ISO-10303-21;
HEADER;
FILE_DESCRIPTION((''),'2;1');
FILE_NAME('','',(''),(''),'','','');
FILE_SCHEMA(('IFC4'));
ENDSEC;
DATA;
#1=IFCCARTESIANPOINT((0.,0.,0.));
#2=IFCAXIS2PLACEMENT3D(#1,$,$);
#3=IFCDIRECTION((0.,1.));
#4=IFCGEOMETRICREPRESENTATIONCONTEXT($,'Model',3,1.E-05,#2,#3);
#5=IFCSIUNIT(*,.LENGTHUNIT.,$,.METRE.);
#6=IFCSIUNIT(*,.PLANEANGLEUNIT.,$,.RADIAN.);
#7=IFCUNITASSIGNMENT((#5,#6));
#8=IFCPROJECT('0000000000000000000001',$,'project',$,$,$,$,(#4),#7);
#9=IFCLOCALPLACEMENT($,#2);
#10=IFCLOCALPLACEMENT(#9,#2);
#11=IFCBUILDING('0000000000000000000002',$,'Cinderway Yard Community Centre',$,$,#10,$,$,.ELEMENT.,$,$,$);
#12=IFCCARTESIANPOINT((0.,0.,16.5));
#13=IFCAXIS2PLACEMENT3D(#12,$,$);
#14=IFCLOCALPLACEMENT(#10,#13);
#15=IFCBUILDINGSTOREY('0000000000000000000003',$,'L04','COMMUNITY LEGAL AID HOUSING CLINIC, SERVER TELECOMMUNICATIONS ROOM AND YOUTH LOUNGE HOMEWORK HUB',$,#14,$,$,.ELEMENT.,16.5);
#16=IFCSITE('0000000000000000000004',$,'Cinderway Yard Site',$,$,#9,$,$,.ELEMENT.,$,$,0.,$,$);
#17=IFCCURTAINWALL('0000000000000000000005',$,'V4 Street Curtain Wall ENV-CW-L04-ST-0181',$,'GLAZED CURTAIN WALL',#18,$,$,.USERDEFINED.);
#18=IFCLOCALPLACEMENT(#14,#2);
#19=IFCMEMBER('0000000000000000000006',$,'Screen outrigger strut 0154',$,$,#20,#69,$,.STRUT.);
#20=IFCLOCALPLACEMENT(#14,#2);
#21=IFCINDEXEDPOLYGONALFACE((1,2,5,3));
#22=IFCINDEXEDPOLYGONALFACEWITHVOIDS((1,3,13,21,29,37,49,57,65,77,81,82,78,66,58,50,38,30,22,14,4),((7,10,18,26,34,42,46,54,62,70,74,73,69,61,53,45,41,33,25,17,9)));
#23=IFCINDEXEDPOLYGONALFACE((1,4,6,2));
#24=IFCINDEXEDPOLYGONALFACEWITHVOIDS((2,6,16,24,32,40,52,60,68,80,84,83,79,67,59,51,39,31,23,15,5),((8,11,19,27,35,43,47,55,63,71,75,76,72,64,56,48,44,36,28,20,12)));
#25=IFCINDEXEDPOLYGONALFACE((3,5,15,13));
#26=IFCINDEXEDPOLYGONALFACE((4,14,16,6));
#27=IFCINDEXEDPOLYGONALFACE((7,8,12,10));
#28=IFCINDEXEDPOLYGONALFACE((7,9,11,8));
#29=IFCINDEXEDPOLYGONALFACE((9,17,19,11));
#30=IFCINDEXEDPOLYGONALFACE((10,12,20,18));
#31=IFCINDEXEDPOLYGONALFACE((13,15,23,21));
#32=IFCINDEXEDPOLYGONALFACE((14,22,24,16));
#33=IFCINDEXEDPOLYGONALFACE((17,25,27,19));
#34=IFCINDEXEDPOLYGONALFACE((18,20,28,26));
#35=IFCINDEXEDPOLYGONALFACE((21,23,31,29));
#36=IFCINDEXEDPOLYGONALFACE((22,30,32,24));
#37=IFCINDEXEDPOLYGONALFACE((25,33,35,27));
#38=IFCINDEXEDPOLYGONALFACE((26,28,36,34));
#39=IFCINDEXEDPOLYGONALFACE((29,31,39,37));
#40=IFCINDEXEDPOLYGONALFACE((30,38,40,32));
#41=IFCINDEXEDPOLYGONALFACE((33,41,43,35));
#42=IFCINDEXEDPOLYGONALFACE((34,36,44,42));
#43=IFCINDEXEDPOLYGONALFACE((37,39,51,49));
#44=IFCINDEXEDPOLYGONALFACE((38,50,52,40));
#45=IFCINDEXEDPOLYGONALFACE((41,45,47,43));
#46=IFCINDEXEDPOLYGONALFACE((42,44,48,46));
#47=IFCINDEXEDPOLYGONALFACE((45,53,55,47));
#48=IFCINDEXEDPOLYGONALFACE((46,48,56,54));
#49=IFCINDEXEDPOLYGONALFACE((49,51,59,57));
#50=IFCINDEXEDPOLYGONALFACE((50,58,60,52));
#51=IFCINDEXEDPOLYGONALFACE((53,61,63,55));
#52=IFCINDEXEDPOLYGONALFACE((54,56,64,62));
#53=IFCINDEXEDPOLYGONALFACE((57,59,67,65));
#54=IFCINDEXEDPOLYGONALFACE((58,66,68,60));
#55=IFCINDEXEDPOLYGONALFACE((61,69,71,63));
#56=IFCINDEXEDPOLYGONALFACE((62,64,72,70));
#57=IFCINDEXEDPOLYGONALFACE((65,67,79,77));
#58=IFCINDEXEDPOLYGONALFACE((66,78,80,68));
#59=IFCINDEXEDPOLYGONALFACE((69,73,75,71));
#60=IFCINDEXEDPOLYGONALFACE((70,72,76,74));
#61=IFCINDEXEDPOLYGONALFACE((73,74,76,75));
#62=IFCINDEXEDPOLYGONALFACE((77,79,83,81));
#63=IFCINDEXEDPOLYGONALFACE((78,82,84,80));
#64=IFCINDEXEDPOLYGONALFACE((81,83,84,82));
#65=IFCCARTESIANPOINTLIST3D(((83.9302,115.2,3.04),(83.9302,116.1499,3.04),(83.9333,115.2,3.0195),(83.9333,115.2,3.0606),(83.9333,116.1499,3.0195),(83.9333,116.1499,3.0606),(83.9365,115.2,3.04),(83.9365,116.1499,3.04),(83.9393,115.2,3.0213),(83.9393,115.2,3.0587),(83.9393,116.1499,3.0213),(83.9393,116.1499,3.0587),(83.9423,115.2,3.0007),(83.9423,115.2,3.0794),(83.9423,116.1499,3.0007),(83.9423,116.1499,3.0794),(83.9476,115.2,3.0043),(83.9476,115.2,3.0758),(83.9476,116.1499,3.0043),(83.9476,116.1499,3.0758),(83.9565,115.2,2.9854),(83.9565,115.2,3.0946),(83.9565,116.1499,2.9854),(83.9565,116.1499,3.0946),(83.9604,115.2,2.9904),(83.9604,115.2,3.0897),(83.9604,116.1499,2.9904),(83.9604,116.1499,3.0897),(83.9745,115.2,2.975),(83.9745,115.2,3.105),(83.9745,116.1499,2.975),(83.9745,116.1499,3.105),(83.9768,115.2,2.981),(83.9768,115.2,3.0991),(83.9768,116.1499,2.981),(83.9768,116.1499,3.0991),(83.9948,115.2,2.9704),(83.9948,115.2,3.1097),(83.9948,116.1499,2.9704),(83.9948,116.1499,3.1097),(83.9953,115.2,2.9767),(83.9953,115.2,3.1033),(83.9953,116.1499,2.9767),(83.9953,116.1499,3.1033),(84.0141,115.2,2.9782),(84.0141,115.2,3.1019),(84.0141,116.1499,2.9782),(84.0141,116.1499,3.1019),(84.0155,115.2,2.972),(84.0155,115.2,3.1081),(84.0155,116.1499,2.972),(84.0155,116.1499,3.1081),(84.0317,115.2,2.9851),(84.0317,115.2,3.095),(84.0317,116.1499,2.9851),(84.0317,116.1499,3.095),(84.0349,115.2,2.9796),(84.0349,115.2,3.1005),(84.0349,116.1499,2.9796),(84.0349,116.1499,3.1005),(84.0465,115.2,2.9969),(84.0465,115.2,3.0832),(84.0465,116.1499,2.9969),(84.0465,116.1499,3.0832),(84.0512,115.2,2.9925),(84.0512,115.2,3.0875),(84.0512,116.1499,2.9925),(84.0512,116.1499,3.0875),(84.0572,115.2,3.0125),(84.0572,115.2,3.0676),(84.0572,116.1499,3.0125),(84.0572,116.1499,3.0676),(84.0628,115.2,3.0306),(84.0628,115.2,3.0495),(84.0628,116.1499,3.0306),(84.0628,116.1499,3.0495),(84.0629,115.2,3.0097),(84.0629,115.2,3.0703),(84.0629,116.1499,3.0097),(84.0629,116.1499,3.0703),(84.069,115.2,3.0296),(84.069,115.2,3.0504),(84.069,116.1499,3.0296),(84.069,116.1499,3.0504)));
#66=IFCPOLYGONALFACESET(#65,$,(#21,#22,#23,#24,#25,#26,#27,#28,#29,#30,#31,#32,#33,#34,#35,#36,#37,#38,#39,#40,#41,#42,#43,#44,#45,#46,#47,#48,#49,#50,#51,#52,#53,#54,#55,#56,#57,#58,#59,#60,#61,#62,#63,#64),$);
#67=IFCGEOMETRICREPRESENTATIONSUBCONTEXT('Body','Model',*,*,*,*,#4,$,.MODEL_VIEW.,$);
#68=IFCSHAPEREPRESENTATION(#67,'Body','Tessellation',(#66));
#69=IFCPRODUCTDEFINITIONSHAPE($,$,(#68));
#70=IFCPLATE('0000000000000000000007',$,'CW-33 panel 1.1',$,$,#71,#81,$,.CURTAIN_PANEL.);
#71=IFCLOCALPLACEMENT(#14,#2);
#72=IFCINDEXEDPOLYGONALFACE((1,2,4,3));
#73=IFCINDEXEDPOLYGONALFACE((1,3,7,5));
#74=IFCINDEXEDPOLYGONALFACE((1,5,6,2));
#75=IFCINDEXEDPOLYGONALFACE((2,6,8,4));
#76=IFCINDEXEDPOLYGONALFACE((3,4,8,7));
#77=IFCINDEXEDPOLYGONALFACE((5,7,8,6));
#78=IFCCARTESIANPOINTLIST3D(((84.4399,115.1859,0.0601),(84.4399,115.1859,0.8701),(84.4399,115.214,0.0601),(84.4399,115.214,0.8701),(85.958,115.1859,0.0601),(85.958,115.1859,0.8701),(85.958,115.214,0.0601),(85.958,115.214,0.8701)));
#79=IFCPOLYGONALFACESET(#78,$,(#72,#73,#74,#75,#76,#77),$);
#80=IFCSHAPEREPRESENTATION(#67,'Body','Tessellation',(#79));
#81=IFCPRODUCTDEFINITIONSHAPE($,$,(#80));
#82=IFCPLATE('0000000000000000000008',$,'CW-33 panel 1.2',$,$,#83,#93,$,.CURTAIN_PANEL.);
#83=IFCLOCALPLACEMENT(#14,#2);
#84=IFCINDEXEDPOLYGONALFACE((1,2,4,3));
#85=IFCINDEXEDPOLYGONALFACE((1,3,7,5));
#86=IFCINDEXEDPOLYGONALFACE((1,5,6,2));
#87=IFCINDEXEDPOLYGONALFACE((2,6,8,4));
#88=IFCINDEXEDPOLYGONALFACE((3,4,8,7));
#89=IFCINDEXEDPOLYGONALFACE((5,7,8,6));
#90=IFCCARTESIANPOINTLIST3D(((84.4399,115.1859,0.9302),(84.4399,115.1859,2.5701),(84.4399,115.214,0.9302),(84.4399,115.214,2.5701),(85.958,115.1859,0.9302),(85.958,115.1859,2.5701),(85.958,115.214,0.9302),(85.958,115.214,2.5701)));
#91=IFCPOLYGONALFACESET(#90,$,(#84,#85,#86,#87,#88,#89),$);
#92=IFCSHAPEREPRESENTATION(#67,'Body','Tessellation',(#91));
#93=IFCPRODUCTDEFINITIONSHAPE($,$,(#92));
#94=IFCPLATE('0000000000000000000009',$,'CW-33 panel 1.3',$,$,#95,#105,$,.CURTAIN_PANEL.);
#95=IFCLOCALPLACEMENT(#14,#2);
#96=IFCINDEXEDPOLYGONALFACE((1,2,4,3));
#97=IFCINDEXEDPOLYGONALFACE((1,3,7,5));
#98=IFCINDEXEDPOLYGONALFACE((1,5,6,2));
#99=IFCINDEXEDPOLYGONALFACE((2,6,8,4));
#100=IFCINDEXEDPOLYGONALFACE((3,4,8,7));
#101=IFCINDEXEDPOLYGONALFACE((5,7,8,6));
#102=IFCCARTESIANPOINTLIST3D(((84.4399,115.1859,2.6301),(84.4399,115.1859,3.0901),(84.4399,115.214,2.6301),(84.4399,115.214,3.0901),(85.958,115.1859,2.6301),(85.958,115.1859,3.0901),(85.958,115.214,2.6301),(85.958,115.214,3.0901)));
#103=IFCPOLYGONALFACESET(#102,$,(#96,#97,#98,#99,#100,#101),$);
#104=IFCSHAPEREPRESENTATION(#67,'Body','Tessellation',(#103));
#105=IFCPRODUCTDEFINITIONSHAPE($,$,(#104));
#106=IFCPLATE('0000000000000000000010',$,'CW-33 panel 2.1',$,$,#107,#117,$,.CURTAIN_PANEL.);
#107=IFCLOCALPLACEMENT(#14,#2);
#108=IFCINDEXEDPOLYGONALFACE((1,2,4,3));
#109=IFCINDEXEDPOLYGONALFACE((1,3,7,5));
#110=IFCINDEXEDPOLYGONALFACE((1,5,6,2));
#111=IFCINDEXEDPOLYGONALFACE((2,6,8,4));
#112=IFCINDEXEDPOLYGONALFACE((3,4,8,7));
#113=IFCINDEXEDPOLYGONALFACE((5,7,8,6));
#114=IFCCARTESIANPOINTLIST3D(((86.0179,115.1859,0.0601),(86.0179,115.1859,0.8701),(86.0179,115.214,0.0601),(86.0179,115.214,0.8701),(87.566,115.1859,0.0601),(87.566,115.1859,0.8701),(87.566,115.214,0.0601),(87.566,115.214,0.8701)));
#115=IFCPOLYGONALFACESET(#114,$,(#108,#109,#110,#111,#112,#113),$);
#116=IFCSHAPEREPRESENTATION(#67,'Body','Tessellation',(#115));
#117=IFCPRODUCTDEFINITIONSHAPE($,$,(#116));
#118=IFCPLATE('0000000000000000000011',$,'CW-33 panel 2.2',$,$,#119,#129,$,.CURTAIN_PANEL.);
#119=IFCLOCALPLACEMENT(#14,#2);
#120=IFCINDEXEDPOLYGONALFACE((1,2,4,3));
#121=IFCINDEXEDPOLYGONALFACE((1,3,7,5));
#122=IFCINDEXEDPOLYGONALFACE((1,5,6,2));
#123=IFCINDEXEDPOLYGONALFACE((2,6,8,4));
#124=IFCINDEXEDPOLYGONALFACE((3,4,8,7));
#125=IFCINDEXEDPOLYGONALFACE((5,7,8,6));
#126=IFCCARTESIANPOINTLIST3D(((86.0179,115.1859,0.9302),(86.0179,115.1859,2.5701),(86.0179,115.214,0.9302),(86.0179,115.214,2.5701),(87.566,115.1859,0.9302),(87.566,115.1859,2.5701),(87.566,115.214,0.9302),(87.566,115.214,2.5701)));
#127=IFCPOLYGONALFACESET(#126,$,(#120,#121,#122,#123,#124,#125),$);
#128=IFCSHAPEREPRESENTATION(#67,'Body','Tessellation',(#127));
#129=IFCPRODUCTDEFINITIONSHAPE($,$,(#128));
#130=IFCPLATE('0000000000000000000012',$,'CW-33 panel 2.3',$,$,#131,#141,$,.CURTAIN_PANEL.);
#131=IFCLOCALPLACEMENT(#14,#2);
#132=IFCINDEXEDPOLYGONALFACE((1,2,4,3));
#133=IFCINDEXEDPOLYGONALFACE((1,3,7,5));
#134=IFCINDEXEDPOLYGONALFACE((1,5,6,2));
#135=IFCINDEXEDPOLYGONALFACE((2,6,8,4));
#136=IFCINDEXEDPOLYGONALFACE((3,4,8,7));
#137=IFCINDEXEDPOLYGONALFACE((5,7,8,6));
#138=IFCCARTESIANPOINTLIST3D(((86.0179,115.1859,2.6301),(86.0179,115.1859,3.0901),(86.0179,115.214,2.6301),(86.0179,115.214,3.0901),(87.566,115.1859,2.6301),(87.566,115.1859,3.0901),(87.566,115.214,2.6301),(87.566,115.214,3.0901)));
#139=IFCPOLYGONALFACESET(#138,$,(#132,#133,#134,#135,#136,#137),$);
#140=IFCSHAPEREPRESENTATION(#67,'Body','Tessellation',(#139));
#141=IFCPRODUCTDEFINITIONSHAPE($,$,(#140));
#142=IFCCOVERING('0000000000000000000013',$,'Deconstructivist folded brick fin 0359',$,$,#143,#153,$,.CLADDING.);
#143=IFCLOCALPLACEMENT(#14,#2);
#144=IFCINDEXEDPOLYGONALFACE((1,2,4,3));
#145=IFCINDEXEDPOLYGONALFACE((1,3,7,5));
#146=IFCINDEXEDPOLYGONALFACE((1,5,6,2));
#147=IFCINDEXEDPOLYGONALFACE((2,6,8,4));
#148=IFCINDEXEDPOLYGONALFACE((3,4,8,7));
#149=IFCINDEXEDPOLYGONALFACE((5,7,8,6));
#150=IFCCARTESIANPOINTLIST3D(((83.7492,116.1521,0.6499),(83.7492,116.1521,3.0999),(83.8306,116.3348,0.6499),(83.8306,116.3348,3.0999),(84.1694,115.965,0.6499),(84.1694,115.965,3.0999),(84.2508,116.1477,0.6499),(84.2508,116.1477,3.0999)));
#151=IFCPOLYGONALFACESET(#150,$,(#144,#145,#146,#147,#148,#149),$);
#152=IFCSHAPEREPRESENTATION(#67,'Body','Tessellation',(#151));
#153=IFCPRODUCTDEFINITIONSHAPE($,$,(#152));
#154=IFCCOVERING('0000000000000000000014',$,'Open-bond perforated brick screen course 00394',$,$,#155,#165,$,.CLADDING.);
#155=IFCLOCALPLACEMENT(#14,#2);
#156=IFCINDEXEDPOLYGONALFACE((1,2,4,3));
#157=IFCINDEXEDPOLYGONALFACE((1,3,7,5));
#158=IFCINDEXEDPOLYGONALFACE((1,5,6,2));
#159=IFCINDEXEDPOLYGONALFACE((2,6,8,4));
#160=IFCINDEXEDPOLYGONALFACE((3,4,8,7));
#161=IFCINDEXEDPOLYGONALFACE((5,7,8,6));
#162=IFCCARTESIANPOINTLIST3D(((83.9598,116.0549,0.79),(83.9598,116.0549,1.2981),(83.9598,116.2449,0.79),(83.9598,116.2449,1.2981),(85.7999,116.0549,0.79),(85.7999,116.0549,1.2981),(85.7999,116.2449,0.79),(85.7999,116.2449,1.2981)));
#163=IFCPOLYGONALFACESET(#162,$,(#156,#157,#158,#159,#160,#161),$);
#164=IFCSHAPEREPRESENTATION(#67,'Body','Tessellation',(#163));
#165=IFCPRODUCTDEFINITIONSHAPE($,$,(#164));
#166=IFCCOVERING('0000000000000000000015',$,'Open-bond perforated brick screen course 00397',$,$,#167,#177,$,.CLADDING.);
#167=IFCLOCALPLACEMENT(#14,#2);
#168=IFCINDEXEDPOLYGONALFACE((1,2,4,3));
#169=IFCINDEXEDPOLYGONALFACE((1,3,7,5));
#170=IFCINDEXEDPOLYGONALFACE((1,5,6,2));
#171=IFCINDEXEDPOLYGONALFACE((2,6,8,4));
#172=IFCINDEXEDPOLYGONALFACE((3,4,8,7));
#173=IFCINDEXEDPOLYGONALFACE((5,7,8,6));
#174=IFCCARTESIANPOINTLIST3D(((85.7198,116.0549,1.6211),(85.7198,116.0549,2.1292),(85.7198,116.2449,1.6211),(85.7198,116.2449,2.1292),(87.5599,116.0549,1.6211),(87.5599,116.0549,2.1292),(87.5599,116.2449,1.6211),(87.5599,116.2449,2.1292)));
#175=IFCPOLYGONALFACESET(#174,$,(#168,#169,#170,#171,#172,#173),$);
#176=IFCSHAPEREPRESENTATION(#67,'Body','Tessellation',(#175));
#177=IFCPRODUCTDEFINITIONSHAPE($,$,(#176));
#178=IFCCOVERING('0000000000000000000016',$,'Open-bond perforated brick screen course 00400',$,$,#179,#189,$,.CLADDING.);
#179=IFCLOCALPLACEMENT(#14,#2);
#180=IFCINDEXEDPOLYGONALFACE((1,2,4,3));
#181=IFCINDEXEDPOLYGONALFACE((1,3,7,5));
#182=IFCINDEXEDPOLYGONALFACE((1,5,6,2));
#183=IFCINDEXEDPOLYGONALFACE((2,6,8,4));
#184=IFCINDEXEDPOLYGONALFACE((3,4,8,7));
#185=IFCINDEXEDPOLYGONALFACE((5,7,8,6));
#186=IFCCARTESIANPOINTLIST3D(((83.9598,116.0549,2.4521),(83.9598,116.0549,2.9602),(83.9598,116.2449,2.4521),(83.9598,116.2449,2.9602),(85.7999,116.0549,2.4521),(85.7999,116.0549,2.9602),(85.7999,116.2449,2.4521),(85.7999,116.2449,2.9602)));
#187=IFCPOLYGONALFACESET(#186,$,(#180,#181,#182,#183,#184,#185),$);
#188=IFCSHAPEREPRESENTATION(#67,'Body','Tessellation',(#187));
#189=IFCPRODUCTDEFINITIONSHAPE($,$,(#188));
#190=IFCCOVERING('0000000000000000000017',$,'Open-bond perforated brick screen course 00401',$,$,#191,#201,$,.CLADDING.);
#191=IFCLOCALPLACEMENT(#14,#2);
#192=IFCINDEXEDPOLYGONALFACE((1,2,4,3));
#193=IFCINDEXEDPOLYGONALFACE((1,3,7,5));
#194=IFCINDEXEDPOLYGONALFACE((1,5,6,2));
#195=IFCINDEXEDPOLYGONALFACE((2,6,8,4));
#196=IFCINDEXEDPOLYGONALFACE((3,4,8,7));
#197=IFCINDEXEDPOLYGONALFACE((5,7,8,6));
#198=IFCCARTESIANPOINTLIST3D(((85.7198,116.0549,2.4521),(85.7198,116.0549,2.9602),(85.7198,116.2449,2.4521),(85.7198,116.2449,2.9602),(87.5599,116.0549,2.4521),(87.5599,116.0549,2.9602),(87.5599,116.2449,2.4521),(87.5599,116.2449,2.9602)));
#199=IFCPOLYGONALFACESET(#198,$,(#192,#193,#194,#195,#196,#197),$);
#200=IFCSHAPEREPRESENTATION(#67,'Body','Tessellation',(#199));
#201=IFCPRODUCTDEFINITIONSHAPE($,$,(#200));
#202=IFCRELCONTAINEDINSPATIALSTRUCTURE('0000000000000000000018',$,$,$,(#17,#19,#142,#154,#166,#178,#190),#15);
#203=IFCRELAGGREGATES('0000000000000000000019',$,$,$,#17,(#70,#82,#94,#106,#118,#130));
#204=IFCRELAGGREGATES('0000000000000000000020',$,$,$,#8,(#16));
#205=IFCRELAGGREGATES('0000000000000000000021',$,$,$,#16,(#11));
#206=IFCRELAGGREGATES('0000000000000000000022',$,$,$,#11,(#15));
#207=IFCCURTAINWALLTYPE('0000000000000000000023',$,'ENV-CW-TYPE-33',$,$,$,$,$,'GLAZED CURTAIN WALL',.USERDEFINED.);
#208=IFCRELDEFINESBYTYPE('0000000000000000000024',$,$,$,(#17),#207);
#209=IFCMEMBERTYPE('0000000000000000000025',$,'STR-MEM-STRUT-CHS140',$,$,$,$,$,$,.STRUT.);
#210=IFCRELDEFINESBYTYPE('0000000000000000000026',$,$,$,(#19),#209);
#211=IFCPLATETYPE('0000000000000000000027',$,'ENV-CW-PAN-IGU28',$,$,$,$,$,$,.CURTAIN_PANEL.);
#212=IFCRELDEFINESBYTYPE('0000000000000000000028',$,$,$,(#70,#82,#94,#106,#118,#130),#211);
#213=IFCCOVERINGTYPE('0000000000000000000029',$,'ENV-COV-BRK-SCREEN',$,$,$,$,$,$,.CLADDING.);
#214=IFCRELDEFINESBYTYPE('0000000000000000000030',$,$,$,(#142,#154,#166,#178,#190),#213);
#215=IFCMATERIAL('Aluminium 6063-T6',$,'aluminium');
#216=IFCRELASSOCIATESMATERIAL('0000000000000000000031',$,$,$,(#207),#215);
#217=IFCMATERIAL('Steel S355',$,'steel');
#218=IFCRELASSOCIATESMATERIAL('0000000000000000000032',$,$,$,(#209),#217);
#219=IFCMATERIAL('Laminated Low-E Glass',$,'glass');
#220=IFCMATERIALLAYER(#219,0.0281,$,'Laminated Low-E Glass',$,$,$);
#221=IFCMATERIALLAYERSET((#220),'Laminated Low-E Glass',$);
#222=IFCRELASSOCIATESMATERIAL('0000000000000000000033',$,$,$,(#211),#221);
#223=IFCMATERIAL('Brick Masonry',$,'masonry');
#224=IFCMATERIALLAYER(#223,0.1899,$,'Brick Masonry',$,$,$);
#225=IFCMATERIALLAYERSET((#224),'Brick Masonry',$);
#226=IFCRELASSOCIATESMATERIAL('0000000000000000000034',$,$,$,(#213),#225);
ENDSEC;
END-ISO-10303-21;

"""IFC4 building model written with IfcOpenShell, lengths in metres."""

from ifc_helpers import new_model, si_unit, direction, frame, origin, origin_2d, place, context, subcontext, project, spatial, rectangle, hollow_circle, extrude, material, layer, layer_set, material_profile, profile_set, type_object, element, aggregate, save


model = new_model("IFC4")

# Units and contexts
model_context = context("Model", 3, precision=1e-05, world=origin(), true_north=direction((0.0, 1.0)))
body_context = subcontext(model_context, "Body", "Model", "MODEL_VIEW")
ifc_project = project(units=[si_unit("LENGTHUNIT", "METRE"), si_unit("PLANEANGLEUNIT", "RADIAN")], contexts=[model_context])

# Site, building, storey
site_placement = place(None, origin())
site = spatial("IfcSite", under=ifc_project, at=site_placement, Name="Cinderway Yard Site", CompositionType="ELEMENT", RefElevation=0.0)
building_placement = place(site_placement, origin())
building = spatial("IfcBuilding", under=site, at=building_placement, Name="Cinderway Yard Community Centre", CompositionType="ELEMENT")
storey_placement = place(building_placement, frame((0.0, 0.0, 16.5)))
storey = spatial("IfcBuildingStorey", under=building, at=storey_placement, Name="L04", Description="COMMUNITY LEGAL AID HOUSING CLINIC, SERVER TELECOMMUNICATIONS ROOM AND YOUTH LOUNGE HOMEWORK HUB", CompositionType="ELEMENT", Elevation=16.5)

# Curtain wall
ifc_material_1 = material(Name="Aluminium 6063-T6", Category="aluminium")
curtain_wall_type = type_object("IfcCurtainWallType", Name="ENV-CW-TYPE-33", ElementType="GLAZED CURTAIN WALL", PredefinedType="USERDEFINED", material=ifc_material_1)
curtain_wall_placement = place(storey_placement, origin())
curtain_wall = element("IfcCurtainWall", 1, at=curtain_wall_placement, inside=storey, type_object=curtain_wall_type, Name="V4 Street Curtain Wall ENV-CW-L04-ST-0181", ObjectType="GLAZED CURTAIN WALL", PredefinedType="USERDEFINED")

# Member
ifc_material_2 = material(Name="Steel S355", Category="steel")
ifc_material_profile_1 = material_profile(ifc_material_2, hollow_circle(Radius=0.0698, WallThickness=0.0063, at=origin_2d()), Name="Steel S355")
ifc_profile_set_1 = profile_set([ifc_material_profile_1], Name="Steel S355")
member_type_1 = type_object("IfcMemberType", Name="STR-MEM-STRUT-CHS140", PredefinedType="STRUT", material=ifc_profile_set_1)
for number, where, z_axis, x_axis, name in (
    (2, (84.0, 115.2, 3.04), (0.0, 1.0, 0.0), (-1.0, 0.0, 0.0), "Screen outrigger strut 0154"),
):
    element("IfcMember", number, at=place(storey_placement, frame(where, z_axis=z_axis, x_axis=x_axis)), inside=storey, type_object=member_type_1, Name=name, PredefinedType="STRUT", context=body_context, shape_type="SweptSolid", body=[
        extrude(hollow_circle(Radius=0.0698, WallThickness=0.0063, at=origin_2d()), origin(), (0.0, 0.0, 1.0), 0.95),
    ])

# Plates
ifc_material_3 = material(Name="Laminated Low-E Glass", Category="glass")
ifc_layer_1 = layer(ifc_material_3, 0.0281, Name="Laminated Low-E Glass")
ifc_layer_set_1 = layer_set([ifc_layer_1], Name="Laminated Low-E Glass")
plate_type = type_object("IfcPlateType", Name="ENV-CW-PAN-IGU28", PredefinedType="CURTAIN_PANEL", material=ifc_layer_set_1)
plate_1_placement = place(storey_placement, frame((85.199, 115.2, 0.0601), z_axis=(0.0, 0.0, 1.0), x_axis=(1.0, 0.0, 0.0)))
plate_1 = element("IfcPlate", 3, at=plate_1_placement, type_object=plate_type, Name="CW-33 panel 1.1", PredefinedType="CURTAIN_PANEL", context=body_context, shape_type="SweptSolid", body=[
    extrude(rectangle(XDim=1.5181, YDim=0.0281, at=origin_2d()), origin(), (0.0, 0.0, 1.0), 0.8101),
])
plate_2_placement = place(storey_placement, frame((85.199, 115.2, 0.9302), z_axis=(0.0, 0.0, 1.0), x_axis=(1.0, 0.0, 0.0)))
plate_2 = element("IfcPlate", 4, at=plate_2_placement, type_object=plate_type, Name="CW-33 panel 1.2", PredefinedType="CURTAIN_PANEL", context=body_context, shape_type="SweptSolid", body=[
    extrude(rectangle(XDim=1.5181, YDim=0.0281, at=origin_2d()), origin(), (0.0, 0.0, 1.0), 1.6399),
])
plate_3_placement = place(storey_placement, frame((85.199, 115.2, 2.6301), z_axis=(0.0, 0.0, 1.0), x_axis=(1.0, 0.0, 0.0)))
plate_3 = element("IfcPlate", 5, at=plate_3_placement, type_object=plate_type, Name="CW-33 panel 1.3", PredefinedType="CURTAIN_PANEL", context=body_context, shape_type="SweptSolid", body=[
    extrude(rectangle(XDim=1.5181, YDim=0.0281, at=origin_2d()), origin(), (0.0, 0.0, 1.0), 0.46),
])
plate_4_placement = place(storey_placement, frame((86.792, 115.2, 0.0601), z_axis=(0.0, 0.0, 1.0), x_axis=(1.0, 0.0, 0.0)))
plate_4 = element("IfcPlate", 6, at=plate_4_placement, type_object=plate_type, Name="CW-33 panel 2.1", PredefinedType="CURTAIN_PANEL", context=body_context, shape_type="SweptSolid", body=[
    extrude(rectangle(XDim=1.5481, YDim=0.0281, at=origin_2d()), origin(), (0.0, 0.0, 1.0), 0.8101),
])
plate_5_placement = place(storey_placement, frame((86.792, 115.2, 0.9302), z_axis=(0.0, 0.0, 1.0), x_axis=(1.0, 0.0, 0.0)))
plate_5 = element("IfcPlate", 7, at=plate_5_placement, type_object=plate_type, Name="CW-33 panel 2.2", PredefinedType="CURTAIN_PANEL", context=body_context, shape_type="SweptSolid", body=[
    extrude(rectangle(XDim=1.5481, YDim=0.0281, at=origin_2d()), origin(), (0.0, 0.0, 1.0), 1.6399),
])
plate_6_placement = place(storey_placement, frame((86.792, 115.2, 2.6301), z_axis=(0.0, 0.0, 1.0), x_axis=(1.0, 0.0, 0.0)))
plate_6 = element("IfcPlate", 8, at=plate_6_placement, type_object=plate_type, Name="CW-33 panel 2.3", PredefinedType="CURTAIN_PANEL", context=body_context, shape_type="SweptSolid", body=[
    extrude(rectangle(XDim=1.5481, YDim=0.0281, at=origin_2d()), origin(), (0.0, 0.0, 1.0), 0.46),
])
aggregate(curtain_wall, [plate_1, plate_2, plate_3, plate_4, plate_5, plate_6])

# Coverings
ifc_material_4 = material(Name="Brick Masonry", Category="masonry")
ifc_layer_2 = layer(ifc_material_4, 0.1899, Name="Brick Masonry")
ifc_layer_set_2 = layer_set([ifc_layer_2], Name="Brick Masonry")
covering_type = type_object("IfcCoveringType", Name="ENV-COV-BRK-SCREEN", PredefinedType="CLADDING", material=ifc_layer_set_2)
covering_placement = place(storey_placement, frame((84.0, 116.1499, 0.6499), z_axis=(0.0, 0.0, 1.0), x_axis=(0.913545, -0.406737, 0.0)))
element("IfcCovering", 9, at=covering_placement, inside=storey, type_object=covering_type, Name="Deconstructivist folded brick fin 0359", PredefinedType="CLADDING", context=body_context, shape_type="SweptSolid", body=[
    extrude(rectangle(XDim=0.46, YDim=0.2, at=origin_2d()), origin(), (0.0, 0.0, 1.0), 2.45),
])
for number, where, z_axis, x_axis, name in (
    (10, (84.8799, 116.1499, 0.79), (0.0, 0.0, 1.0), (1.0, 0.0, 0.0), "Open-bond perforated brick screen course 00394"),
    (11, (86.6399, 116.1499, 1.6211), (0.0, 0.0, 1.0), (1.0, 0.0, 0.0), "Open-bond perforated brick screen course 00397"),
    (12, (84.8799, 116.1499, 2.4521), (0.0, 0.0, 1.0), (1.0, 0.0, 0.0), "Open-bond perforated brick screen course 00400"),
    (13, (86.6399, 116.1499, 2.4521), (0.0, 0.0, 1.0), (1.0, 0.0, 0.0), "Open-bond perforated brick screen course 00401"),
):
    element("IfcCovering", number, at=place(storey_placement, frame(where, z_axis=z_axis, x_axis=x_axis)), inside=storey, type_object=covering_type, Name=name, PredefinedType="CLADDING", context=body_context, shape_type="SweptSolid", body=[
        extrude(rectangle(XDim=1.8401, YDim=0.1899, at=origin_2d()), origin(), (0.0, 0.0, 1.0), 0.5081),
    ])

save(model, "model.ifc")
